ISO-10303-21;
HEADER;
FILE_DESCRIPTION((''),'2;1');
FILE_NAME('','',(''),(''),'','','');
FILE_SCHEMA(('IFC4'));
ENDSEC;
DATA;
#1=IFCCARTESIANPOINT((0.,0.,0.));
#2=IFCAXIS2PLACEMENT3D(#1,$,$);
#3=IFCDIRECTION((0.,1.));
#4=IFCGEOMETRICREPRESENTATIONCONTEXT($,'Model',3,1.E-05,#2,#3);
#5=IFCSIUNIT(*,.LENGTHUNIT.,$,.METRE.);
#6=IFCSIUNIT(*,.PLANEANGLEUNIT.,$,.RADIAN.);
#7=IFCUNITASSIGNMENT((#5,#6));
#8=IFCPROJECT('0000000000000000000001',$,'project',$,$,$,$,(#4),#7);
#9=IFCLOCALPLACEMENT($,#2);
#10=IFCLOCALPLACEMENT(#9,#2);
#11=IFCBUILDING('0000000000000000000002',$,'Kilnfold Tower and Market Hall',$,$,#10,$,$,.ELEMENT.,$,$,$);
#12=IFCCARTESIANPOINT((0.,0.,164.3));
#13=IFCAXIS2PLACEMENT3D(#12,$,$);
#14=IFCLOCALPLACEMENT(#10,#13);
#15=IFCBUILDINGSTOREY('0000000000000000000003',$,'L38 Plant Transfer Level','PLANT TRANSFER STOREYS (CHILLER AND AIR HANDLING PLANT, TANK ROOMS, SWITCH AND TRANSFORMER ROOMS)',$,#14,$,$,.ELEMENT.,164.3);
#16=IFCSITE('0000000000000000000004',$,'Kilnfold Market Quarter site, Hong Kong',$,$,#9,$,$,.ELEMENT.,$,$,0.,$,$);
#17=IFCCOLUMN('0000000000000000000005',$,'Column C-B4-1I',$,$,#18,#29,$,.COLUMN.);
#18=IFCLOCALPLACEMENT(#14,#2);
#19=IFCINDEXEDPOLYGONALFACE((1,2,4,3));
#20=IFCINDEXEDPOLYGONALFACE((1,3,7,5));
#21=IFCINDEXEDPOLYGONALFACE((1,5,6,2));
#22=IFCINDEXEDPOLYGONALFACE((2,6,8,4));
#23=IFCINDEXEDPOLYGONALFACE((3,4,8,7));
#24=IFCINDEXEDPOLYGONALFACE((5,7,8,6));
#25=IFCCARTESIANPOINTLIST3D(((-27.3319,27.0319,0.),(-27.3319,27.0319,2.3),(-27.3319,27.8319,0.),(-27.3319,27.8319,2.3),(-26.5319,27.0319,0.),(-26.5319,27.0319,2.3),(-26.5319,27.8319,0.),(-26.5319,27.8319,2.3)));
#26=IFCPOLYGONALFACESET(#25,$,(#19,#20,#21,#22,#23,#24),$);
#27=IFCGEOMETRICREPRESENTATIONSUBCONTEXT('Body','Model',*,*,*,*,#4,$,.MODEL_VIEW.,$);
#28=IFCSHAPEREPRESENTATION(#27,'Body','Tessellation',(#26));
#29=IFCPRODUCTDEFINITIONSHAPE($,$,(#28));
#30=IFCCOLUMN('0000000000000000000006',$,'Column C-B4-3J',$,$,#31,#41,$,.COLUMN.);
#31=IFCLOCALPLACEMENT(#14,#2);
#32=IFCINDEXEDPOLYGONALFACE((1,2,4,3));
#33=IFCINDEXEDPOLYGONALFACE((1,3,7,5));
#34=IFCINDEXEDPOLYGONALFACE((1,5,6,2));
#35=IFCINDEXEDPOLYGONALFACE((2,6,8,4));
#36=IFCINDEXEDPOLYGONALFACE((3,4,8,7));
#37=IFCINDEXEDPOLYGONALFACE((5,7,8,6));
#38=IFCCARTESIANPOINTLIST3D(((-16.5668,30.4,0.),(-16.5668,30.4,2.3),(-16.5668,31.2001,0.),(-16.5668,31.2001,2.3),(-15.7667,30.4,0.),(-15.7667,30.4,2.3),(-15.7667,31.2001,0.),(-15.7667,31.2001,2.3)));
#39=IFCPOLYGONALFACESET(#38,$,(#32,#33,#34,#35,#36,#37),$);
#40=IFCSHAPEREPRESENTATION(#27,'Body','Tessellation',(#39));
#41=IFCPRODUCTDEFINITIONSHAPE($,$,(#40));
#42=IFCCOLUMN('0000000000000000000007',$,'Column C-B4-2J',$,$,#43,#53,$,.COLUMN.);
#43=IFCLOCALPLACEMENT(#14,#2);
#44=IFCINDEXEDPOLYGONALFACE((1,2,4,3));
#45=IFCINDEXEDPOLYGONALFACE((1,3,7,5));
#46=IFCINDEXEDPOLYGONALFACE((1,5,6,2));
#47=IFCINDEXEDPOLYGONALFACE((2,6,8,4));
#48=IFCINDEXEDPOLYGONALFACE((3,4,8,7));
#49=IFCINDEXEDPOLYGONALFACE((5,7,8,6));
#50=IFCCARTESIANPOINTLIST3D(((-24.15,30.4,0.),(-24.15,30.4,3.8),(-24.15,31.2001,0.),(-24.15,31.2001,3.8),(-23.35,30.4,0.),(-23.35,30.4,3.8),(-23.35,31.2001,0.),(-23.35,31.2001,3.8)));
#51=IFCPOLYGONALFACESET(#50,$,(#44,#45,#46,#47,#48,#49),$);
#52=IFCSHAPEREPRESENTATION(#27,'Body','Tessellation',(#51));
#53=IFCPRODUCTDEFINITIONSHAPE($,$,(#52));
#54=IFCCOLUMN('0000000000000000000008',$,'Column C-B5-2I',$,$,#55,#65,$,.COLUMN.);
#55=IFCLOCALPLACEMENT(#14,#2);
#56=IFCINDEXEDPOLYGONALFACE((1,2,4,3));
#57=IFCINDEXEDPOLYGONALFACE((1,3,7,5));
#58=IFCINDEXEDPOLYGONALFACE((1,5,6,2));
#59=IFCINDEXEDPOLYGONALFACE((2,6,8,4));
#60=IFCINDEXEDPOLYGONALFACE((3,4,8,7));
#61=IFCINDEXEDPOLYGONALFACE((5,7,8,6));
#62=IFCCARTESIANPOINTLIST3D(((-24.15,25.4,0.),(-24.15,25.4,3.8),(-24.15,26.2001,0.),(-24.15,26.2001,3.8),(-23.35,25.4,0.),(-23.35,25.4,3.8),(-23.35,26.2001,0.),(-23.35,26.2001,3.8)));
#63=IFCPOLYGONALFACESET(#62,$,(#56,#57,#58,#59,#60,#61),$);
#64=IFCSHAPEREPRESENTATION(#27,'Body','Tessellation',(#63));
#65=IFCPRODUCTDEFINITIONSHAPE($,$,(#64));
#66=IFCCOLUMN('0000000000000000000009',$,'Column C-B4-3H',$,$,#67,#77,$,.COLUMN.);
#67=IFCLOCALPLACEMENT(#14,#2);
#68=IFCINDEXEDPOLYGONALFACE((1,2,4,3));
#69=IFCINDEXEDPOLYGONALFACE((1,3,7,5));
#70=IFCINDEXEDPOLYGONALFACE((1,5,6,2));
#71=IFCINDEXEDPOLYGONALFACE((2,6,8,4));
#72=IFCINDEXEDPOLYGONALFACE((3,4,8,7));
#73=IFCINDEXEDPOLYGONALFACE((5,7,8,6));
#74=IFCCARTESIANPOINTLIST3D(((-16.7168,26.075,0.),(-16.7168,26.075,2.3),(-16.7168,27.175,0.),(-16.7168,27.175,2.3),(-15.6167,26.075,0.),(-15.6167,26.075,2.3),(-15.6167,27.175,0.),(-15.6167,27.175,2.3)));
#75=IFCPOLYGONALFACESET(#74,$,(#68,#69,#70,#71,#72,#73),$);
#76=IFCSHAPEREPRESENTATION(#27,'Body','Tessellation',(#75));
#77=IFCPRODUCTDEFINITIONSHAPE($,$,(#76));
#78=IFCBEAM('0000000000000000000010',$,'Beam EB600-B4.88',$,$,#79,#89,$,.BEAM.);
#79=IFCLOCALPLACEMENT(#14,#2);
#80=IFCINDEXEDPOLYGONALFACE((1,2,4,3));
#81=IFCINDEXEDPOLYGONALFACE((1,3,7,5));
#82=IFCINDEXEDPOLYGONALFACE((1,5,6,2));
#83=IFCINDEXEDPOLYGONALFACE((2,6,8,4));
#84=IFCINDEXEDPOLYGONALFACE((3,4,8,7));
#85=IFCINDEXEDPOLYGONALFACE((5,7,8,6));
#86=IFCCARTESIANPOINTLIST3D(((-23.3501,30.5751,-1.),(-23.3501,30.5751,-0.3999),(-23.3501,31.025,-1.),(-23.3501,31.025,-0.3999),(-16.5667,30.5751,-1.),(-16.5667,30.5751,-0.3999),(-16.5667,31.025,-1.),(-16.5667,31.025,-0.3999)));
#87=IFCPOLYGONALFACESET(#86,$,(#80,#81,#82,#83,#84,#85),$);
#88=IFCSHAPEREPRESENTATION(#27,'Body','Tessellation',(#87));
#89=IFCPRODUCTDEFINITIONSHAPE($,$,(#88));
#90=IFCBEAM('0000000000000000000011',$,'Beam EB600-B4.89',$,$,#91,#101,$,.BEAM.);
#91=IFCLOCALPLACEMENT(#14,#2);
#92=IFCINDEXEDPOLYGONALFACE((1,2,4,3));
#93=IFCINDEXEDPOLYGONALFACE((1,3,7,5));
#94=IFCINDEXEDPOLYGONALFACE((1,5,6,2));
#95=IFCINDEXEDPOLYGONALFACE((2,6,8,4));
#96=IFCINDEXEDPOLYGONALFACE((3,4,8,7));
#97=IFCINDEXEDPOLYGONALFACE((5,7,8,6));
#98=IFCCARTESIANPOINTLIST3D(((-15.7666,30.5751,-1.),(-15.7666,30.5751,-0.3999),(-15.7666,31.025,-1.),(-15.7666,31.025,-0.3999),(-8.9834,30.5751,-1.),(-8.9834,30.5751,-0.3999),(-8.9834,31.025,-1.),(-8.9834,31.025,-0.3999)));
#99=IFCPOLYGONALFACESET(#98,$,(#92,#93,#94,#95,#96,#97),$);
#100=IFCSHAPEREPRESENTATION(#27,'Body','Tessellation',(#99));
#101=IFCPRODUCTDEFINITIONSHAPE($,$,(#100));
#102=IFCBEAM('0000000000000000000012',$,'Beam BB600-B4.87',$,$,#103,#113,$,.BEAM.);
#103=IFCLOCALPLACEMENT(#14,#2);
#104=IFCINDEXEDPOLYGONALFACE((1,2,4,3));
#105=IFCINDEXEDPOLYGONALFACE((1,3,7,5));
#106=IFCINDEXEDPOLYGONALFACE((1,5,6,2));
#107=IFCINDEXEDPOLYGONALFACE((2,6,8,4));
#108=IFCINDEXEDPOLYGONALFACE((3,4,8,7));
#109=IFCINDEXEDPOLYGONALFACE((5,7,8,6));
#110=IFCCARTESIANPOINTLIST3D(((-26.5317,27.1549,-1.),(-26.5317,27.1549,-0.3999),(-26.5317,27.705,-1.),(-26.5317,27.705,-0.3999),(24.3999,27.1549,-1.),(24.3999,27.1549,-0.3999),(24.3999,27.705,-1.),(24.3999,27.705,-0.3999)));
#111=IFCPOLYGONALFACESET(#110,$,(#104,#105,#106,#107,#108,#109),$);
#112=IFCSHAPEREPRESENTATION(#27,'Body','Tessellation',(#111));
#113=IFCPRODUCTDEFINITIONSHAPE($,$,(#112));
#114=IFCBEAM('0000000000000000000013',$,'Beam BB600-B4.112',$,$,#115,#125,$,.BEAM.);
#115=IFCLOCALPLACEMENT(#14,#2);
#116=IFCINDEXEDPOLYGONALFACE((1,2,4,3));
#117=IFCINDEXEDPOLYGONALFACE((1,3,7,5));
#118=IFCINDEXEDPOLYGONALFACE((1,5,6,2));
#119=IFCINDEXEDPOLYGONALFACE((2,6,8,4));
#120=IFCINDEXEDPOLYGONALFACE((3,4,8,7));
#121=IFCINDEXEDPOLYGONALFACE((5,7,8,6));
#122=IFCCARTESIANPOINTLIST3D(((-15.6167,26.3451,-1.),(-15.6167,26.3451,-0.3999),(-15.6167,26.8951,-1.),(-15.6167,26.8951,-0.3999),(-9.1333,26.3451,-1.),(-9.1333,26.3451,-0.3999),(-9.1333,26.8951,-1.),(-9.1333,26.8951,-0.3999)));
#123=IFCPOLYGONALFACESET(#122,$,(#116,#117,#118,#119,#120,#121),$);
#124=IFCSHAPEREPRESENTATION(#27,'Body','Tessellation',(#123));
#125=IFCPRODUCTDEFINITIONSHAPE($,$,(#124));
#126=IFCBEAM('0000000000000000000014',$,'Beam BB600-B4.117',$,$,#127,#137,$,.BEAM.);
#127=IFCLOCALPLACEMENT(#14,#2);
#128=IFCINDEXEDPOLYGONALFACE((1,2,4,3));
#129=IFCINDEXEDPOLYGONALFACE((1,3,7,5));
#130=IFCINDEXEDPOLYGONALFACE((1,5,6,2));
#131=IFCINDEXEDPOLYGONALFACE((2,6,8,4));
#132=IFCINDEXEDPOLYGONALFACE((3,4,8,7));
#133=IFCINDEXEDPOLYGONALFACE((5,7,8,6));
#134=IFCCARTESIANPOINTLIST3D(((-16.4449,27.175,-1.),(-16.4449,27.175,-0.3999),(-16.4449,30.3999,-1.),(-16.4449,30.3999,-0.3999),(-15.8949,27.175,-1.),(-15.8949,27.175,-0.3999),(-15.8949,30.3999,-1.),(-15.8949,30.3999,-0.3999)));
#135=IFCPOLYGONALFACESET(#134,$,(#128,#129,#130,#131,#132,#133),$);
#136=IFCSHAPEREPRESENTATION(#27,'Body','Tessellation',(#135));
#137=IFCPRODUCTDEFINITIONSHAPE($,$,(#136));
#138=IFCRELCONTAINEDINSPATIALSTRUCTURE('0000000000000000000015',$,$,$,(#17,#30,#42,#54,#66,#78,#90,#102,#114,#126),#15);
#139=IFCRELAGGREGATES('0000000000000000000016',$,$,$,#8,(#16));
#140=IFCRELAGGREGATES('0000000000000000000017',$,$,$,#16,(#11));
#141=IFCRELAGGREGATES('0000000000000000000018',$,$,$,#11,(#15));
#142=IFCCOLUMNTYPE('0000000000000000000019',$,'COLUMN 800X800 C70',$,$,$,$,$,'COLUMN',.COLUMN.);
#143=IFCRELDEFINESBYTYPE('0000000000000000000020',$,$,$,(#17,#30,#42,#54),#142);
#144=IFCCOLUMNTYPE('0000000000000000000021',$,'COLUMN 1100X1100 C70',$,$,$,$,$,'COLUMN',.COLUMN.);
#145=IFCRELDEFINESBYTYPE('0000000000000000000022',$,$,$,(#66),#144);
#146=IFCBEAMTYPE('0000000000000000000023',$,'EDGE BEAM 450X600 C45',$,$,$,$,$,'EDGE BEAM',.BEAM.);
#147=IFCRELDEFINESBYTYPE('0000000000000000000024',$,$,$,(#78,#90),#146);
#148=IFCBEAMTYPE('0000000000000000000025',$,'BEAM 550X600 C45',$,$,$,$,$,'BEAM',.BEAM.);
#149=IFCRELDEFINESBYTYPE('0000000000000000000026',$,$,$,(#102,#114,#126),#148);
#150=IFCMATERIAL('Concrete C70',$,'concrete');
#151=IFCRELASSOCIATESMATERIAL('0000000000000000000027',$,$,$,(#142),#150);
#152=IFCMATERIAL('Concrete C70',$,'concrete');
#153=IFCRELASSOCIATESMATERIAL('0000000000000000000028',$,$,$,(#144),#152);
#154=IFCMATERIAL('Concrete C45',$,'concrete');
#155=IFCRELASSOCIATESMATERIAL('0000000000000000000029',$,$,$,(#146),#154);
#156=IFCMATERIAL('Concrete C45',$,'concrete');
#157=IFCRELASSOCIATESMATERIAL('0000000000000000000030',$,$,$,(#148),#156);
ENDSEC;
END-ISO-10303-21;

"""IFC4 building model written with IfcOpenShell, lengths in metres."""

from ifc_helpers import new_model, si_unit, direction, frame, origin, origin_2d, place, context, subcontext, project, spatial, rectangle, extrude, source, transform, mapped, material, material_profile, profile_set, type_object, element, save


model = new_model("IFC4")

# Units and contexts
model_context = context("Model", 3, precision=1e-05, world=origin(), true_north=direction((0.0, 1.0)))
body_context = subcontext(model_context, "Body", "Model", "MODEL_VIEW")
ifc_project = project(units=[si_unit("LENGTHUNIT", "METRE"), si_unit("PLANEANGLEUNIT", "RADIAN")], contexts=[model_context])

# Site, building, storey
site_placement = place(None, origin())
site = spatial("IfcSite", under=ifc_project, at=site_placement, Name="Kilnfold Market Quarter site, Hong Kong", CompositionType="ELEMENT", RefElevation=0.0)
building_placement = place(site_placement, origin())
building = spatial("IfcBuilding", under=site, at=building_placement, Name="Kilnfold Tower and Market Hall", CompositionType="ELEMENT")
storey_placement = place(building_placement, frame((0.0, 0.0, 164.3)))
storey = spatial("IfcBuildingStorey", under=building, at=storey_placement, Name="L38 Plant Transfer Level", Description="PLANT TRANSFER STOREYS (CHILLER AND AIR HANDLING PLANT, TANK ROOMS, SWITCH AND TRANSFORMER ROOMS)", CompositionType="ELEMENT", Elevation=164.3)

# Columns
ifc_material_1 = material(Name="Concrete C70", Category="concrete")
ifc_material_profile_1 = material_profile(ifc_material_1, rectangle(XDim=0.8, YDim=0.8, at=origin_2d()), Name="RC 800x800")
ifc_profile_set_1 = profile_set([ifc_material_profile_1], Name="Concrete C70")
column_type_1 = type_object("IfcColumnType", Name="COLUMN 800X800 C70", ElementType="COLUMN", PredefinedType="COLUMN", material=ifc_profile_set_1)
shared_shape_1 = source(origin(), body_context, "Body", "SweptSolid", [
    extrude(rectangle(XDim=0.8, YDim=0.8, at=origin_2d()), origin(), (0.0, 0.0, 1.0), 2.3),
])
for number, where, z_axis, x_axis, name in (
    (1, (-26.9319, 27.4319, 0.0), (0.0, 0.0, 1.0), (1.0, 0.0, 0.0), "Column C-B4-1I"),
    (2, (-16.1667, 30.8, 0.0), (0.0, 0.0, 1.0), (1.0, 0.0, 0.0), "Column C-B4-3J"),
):
    element("IfcColumn", number, at=place(storey_placement, frame(where, z_axis=z_axis, x_axis=x_axis)), inside=storey, type_object=column_type_1, Name=name, PredefinedType="COLUMN", context=body_context, shape_type="MappedRepresentation", body=[
        mapped(shared_shape_1, transform((0.0, 0.0, 0.0))),
    ])
shared_shape_2 = source(origin(), body_context, "Body", "SweptSolid", [
    extrude(rectangle(XDim=0.8, YDim=0.8, at=origin_2d()), origin(), (0.0, 0.0, 1.0), 3.8),
])
for number, where, z_axis, x_axis, name in (
    (3, (-23.75, 30.8, 0.0), (0.0, 0.0, 1.0), (1.0, 0.0, 0.0), "Column C-B4-2J"),
    (4, (-23.75, 25.8, 0.0), (0.0, 0.0, 1.0), (1.0, 0.0, 0.0), "Column C-B5-2I"),
):
    element("IfcColumn", number, at=place(storey_placement, frame(where, z_axis=z_axis, x_axis=x_axis)), inside=storey, type_object=column_type_1, Name=name, PredefinedType="COLUMN", context=body_context, shape_type="MappedRepresentation", body=[
        mapped(shared_shape_2, transform((0.0, 0.0, 0.0))),
    ])
ifc_material_2 = material(Name="Concrete C70", Category="concrete")
ifc_material_profile_2 = material_profile(ifc_material_2, rectangle(XDim=1.1001, YDim=1.1001, at=origin_2d()), Name="RC 1100x1100")
ifc_profile_set_2 = profile_set([ifc_material_profile_2], Name="Concrete C70")
column_type_2 = type_object("IfcColumnType", Name="COLUMN 1100X1100 C70", ElementType="COLUMN", PredefinedType="COLUMN", material=ifc_profile_set_2)
shared_shape_3 = source(origin(), body_context, "Body", "SweptSolid", [
    extrude(rectangle(XDim=1.1001, YDim=1.1001, at=origin_2d()), origin(), (0.0, 0.0, 1.0), 2.3),
])
column_placement = place(storey_placement, frame((-16.1667, 26.625, 0.0), z_axis=(0.0, 0.0, 1.0), x_axis=(1.0, 0.0, 0.0)))
element("IfcColumn", 5, at=column_placement, inside=storey, type_object=column_type_2, Name="Column C-B4-3H", PredefinedType="COLUMN", context=body_context, shape_type="MappedRepresentation", body=[
    mapped(shared_shape_3, transform((0.0, 0.0, 0.0))),
])

# Beams
ifc_material_3 = material(Name="Concrete C45", Category="concrete")
ifc_material_profile_3 = material_profile(ifc_material_3, rectangle(XDim=0.45, YDim=0.6001, at=origin_2d()), Name="RC 450x600")
ifc_profile_set_3 = profile_set([ifc_material_profile_3], Name="Concrete C45")
beam_type_1 = type_object("IfcBeamType", Name="EDGE BEAM 450X600 C45", ElementType="EDGE BEAM", PredefinedType="BEAM", material=ifc_profile_set_3)
shared_shape_4 = source(origin(), body_context, "Body", "SweptSolid", [
    extrude(rectangle(XDim=0.45, YDim=0.6001, at=origin_2d()), origin(), (0.0, 0.0, 1.0), 6.7834),
])
beam_1_placement = place(storey_placement, frame((-23.3501, 30.8, -0.7), z_axis=(1.0, 0.0, 0.0), x_axis=(0.0, 1.0, 0.0)))
element("IfcBeam", 6, at=beam_1_placement, inside=storey, type_object=beam_type_1, Name="Beam EB600-B4.88", PredefinedType="BEAM", context=body_context, shape_type="MappedRepresentation", body=[
    mapped(shared_shape_4, transform((0.0, 0.0, 0.0))),
])
shared_shape_5 = source(origin(), body_context, "Body", "SweptSolid", [
    extrude(rectangle(XDim=0.45, YDim=0.6001, at=origin_2d()), origin(), (0.0, 0.0, 1.0), 6.7832),
])
beam_2_placement = place(storey_placement, frame((-15.7666, 30.8, -0.7), z_axis=(1.0, 0.0, 0.0), x_axis=(0.0, 1.0, 0.0)))
element("IfcBeam", 7, at=beam_2_placement, inside=storey, type_object=beam_type_1, Name="Beam EB600-B4.89", PredefinedType="BEAM", context=body_context, shape_type="MappedRepresentation", body=[
    mapped(shared_shape_5, transform((0.0, 0.0, 0.0))),
])
ifc_material_4 = material(Name="Concrete C45", Category="concrete")
ifc_material_profile_4 = material_profile(ifc_material_4, rectangle(XDim=0.55, YDim=0.6001, at=origin_2d()), Name="RC 550x600")
ifc_profile_set_4 = profile_set([ifc_material_profile_4], Name="Concrete C45")
beam_type_2 = type_object("IfcBeamType", Name="BEAM 550X600 C45", ElementType="BEAM", PredefinedType="BEAM", material=ifc_profile_set_4)
shared_shape_6 = source(origin(), body_context, "Body", "SweptSolid", [
    extrude(rectangle(XDim=0.55, YDim=0.6001, at=origin_2d()), origin(), (0.0, 0.0, 1.0), 50.9316),
])
beam_3_placement = place(storey_placement, frame((-26.5317, 27.4299, -0.7), z_axis=(1.0, 0.0, 0.0), x_axis=(0.0, 1.0, 0.0)))
element("IfcBeam", 8, at=beam_3_placement, inside=storey, type_object=beam_type_2, Name="Beam BB600-B4.87", PredefinedType="BEAM", context=body_context, shape_type="MappedRepresentation", body=[
    mapped(shared_shape_6, transform((0.0, 0.0, 0.0))),
])
shared_shape_7 = source(origin(), body_context, "Body", "SweptSolid", [
    extrude(rectangle(XDim=0.55, YDim=0.6001, at=origin_2d()), origin(), (0.0, 0.0, 1.0), 6.4834),
])
beam_4_placement = place(storey_placement, frame((-15.6167, 26.6201, -0.7), z_axis=(1.0, 0.0, 0.0), x_axis=(0.0, 1.0, 0.0)))
element("IfcBeam", 9, at=beam_4_placement, inside=storey, type_object=beam_type_2, Name="Beam BB600-B4.112", PredefinedType="BEAM", context=body_context, shape_type="MappedRepresentation", body=[
    mapped(shared_shape_7, transform((0.0, 0.0, 0.0))),
])
shared_shape_8 = source(origin(), body_context, "Body", "SweptSolid", [
    extrude(rectangle(XDim=0.55, YDim=0.6001, at=origin_2d()), origin(), (0.0, 0.0, 1.0), 3.2249),
])
beam_5_placement = place(storey_placement, frame((-16.1699, 27.175, -0.7), z_axis=(0.0, 1.0, 0.0), x_axis=(-1.0, 0.0, 0.0)))
element("IfcBeam", 10, at=beam_5_placement, inside=storey, type_object=beam_type_2, Name="Beam BB600-B4.117", PredefinedType="BEAM", context=body_context, shape_type="MappedRepresentation", body=[
    mapped(shared_shape_8, transform((0.0, 0.0, 0.0))),
])

save(model, "model.ifc")
